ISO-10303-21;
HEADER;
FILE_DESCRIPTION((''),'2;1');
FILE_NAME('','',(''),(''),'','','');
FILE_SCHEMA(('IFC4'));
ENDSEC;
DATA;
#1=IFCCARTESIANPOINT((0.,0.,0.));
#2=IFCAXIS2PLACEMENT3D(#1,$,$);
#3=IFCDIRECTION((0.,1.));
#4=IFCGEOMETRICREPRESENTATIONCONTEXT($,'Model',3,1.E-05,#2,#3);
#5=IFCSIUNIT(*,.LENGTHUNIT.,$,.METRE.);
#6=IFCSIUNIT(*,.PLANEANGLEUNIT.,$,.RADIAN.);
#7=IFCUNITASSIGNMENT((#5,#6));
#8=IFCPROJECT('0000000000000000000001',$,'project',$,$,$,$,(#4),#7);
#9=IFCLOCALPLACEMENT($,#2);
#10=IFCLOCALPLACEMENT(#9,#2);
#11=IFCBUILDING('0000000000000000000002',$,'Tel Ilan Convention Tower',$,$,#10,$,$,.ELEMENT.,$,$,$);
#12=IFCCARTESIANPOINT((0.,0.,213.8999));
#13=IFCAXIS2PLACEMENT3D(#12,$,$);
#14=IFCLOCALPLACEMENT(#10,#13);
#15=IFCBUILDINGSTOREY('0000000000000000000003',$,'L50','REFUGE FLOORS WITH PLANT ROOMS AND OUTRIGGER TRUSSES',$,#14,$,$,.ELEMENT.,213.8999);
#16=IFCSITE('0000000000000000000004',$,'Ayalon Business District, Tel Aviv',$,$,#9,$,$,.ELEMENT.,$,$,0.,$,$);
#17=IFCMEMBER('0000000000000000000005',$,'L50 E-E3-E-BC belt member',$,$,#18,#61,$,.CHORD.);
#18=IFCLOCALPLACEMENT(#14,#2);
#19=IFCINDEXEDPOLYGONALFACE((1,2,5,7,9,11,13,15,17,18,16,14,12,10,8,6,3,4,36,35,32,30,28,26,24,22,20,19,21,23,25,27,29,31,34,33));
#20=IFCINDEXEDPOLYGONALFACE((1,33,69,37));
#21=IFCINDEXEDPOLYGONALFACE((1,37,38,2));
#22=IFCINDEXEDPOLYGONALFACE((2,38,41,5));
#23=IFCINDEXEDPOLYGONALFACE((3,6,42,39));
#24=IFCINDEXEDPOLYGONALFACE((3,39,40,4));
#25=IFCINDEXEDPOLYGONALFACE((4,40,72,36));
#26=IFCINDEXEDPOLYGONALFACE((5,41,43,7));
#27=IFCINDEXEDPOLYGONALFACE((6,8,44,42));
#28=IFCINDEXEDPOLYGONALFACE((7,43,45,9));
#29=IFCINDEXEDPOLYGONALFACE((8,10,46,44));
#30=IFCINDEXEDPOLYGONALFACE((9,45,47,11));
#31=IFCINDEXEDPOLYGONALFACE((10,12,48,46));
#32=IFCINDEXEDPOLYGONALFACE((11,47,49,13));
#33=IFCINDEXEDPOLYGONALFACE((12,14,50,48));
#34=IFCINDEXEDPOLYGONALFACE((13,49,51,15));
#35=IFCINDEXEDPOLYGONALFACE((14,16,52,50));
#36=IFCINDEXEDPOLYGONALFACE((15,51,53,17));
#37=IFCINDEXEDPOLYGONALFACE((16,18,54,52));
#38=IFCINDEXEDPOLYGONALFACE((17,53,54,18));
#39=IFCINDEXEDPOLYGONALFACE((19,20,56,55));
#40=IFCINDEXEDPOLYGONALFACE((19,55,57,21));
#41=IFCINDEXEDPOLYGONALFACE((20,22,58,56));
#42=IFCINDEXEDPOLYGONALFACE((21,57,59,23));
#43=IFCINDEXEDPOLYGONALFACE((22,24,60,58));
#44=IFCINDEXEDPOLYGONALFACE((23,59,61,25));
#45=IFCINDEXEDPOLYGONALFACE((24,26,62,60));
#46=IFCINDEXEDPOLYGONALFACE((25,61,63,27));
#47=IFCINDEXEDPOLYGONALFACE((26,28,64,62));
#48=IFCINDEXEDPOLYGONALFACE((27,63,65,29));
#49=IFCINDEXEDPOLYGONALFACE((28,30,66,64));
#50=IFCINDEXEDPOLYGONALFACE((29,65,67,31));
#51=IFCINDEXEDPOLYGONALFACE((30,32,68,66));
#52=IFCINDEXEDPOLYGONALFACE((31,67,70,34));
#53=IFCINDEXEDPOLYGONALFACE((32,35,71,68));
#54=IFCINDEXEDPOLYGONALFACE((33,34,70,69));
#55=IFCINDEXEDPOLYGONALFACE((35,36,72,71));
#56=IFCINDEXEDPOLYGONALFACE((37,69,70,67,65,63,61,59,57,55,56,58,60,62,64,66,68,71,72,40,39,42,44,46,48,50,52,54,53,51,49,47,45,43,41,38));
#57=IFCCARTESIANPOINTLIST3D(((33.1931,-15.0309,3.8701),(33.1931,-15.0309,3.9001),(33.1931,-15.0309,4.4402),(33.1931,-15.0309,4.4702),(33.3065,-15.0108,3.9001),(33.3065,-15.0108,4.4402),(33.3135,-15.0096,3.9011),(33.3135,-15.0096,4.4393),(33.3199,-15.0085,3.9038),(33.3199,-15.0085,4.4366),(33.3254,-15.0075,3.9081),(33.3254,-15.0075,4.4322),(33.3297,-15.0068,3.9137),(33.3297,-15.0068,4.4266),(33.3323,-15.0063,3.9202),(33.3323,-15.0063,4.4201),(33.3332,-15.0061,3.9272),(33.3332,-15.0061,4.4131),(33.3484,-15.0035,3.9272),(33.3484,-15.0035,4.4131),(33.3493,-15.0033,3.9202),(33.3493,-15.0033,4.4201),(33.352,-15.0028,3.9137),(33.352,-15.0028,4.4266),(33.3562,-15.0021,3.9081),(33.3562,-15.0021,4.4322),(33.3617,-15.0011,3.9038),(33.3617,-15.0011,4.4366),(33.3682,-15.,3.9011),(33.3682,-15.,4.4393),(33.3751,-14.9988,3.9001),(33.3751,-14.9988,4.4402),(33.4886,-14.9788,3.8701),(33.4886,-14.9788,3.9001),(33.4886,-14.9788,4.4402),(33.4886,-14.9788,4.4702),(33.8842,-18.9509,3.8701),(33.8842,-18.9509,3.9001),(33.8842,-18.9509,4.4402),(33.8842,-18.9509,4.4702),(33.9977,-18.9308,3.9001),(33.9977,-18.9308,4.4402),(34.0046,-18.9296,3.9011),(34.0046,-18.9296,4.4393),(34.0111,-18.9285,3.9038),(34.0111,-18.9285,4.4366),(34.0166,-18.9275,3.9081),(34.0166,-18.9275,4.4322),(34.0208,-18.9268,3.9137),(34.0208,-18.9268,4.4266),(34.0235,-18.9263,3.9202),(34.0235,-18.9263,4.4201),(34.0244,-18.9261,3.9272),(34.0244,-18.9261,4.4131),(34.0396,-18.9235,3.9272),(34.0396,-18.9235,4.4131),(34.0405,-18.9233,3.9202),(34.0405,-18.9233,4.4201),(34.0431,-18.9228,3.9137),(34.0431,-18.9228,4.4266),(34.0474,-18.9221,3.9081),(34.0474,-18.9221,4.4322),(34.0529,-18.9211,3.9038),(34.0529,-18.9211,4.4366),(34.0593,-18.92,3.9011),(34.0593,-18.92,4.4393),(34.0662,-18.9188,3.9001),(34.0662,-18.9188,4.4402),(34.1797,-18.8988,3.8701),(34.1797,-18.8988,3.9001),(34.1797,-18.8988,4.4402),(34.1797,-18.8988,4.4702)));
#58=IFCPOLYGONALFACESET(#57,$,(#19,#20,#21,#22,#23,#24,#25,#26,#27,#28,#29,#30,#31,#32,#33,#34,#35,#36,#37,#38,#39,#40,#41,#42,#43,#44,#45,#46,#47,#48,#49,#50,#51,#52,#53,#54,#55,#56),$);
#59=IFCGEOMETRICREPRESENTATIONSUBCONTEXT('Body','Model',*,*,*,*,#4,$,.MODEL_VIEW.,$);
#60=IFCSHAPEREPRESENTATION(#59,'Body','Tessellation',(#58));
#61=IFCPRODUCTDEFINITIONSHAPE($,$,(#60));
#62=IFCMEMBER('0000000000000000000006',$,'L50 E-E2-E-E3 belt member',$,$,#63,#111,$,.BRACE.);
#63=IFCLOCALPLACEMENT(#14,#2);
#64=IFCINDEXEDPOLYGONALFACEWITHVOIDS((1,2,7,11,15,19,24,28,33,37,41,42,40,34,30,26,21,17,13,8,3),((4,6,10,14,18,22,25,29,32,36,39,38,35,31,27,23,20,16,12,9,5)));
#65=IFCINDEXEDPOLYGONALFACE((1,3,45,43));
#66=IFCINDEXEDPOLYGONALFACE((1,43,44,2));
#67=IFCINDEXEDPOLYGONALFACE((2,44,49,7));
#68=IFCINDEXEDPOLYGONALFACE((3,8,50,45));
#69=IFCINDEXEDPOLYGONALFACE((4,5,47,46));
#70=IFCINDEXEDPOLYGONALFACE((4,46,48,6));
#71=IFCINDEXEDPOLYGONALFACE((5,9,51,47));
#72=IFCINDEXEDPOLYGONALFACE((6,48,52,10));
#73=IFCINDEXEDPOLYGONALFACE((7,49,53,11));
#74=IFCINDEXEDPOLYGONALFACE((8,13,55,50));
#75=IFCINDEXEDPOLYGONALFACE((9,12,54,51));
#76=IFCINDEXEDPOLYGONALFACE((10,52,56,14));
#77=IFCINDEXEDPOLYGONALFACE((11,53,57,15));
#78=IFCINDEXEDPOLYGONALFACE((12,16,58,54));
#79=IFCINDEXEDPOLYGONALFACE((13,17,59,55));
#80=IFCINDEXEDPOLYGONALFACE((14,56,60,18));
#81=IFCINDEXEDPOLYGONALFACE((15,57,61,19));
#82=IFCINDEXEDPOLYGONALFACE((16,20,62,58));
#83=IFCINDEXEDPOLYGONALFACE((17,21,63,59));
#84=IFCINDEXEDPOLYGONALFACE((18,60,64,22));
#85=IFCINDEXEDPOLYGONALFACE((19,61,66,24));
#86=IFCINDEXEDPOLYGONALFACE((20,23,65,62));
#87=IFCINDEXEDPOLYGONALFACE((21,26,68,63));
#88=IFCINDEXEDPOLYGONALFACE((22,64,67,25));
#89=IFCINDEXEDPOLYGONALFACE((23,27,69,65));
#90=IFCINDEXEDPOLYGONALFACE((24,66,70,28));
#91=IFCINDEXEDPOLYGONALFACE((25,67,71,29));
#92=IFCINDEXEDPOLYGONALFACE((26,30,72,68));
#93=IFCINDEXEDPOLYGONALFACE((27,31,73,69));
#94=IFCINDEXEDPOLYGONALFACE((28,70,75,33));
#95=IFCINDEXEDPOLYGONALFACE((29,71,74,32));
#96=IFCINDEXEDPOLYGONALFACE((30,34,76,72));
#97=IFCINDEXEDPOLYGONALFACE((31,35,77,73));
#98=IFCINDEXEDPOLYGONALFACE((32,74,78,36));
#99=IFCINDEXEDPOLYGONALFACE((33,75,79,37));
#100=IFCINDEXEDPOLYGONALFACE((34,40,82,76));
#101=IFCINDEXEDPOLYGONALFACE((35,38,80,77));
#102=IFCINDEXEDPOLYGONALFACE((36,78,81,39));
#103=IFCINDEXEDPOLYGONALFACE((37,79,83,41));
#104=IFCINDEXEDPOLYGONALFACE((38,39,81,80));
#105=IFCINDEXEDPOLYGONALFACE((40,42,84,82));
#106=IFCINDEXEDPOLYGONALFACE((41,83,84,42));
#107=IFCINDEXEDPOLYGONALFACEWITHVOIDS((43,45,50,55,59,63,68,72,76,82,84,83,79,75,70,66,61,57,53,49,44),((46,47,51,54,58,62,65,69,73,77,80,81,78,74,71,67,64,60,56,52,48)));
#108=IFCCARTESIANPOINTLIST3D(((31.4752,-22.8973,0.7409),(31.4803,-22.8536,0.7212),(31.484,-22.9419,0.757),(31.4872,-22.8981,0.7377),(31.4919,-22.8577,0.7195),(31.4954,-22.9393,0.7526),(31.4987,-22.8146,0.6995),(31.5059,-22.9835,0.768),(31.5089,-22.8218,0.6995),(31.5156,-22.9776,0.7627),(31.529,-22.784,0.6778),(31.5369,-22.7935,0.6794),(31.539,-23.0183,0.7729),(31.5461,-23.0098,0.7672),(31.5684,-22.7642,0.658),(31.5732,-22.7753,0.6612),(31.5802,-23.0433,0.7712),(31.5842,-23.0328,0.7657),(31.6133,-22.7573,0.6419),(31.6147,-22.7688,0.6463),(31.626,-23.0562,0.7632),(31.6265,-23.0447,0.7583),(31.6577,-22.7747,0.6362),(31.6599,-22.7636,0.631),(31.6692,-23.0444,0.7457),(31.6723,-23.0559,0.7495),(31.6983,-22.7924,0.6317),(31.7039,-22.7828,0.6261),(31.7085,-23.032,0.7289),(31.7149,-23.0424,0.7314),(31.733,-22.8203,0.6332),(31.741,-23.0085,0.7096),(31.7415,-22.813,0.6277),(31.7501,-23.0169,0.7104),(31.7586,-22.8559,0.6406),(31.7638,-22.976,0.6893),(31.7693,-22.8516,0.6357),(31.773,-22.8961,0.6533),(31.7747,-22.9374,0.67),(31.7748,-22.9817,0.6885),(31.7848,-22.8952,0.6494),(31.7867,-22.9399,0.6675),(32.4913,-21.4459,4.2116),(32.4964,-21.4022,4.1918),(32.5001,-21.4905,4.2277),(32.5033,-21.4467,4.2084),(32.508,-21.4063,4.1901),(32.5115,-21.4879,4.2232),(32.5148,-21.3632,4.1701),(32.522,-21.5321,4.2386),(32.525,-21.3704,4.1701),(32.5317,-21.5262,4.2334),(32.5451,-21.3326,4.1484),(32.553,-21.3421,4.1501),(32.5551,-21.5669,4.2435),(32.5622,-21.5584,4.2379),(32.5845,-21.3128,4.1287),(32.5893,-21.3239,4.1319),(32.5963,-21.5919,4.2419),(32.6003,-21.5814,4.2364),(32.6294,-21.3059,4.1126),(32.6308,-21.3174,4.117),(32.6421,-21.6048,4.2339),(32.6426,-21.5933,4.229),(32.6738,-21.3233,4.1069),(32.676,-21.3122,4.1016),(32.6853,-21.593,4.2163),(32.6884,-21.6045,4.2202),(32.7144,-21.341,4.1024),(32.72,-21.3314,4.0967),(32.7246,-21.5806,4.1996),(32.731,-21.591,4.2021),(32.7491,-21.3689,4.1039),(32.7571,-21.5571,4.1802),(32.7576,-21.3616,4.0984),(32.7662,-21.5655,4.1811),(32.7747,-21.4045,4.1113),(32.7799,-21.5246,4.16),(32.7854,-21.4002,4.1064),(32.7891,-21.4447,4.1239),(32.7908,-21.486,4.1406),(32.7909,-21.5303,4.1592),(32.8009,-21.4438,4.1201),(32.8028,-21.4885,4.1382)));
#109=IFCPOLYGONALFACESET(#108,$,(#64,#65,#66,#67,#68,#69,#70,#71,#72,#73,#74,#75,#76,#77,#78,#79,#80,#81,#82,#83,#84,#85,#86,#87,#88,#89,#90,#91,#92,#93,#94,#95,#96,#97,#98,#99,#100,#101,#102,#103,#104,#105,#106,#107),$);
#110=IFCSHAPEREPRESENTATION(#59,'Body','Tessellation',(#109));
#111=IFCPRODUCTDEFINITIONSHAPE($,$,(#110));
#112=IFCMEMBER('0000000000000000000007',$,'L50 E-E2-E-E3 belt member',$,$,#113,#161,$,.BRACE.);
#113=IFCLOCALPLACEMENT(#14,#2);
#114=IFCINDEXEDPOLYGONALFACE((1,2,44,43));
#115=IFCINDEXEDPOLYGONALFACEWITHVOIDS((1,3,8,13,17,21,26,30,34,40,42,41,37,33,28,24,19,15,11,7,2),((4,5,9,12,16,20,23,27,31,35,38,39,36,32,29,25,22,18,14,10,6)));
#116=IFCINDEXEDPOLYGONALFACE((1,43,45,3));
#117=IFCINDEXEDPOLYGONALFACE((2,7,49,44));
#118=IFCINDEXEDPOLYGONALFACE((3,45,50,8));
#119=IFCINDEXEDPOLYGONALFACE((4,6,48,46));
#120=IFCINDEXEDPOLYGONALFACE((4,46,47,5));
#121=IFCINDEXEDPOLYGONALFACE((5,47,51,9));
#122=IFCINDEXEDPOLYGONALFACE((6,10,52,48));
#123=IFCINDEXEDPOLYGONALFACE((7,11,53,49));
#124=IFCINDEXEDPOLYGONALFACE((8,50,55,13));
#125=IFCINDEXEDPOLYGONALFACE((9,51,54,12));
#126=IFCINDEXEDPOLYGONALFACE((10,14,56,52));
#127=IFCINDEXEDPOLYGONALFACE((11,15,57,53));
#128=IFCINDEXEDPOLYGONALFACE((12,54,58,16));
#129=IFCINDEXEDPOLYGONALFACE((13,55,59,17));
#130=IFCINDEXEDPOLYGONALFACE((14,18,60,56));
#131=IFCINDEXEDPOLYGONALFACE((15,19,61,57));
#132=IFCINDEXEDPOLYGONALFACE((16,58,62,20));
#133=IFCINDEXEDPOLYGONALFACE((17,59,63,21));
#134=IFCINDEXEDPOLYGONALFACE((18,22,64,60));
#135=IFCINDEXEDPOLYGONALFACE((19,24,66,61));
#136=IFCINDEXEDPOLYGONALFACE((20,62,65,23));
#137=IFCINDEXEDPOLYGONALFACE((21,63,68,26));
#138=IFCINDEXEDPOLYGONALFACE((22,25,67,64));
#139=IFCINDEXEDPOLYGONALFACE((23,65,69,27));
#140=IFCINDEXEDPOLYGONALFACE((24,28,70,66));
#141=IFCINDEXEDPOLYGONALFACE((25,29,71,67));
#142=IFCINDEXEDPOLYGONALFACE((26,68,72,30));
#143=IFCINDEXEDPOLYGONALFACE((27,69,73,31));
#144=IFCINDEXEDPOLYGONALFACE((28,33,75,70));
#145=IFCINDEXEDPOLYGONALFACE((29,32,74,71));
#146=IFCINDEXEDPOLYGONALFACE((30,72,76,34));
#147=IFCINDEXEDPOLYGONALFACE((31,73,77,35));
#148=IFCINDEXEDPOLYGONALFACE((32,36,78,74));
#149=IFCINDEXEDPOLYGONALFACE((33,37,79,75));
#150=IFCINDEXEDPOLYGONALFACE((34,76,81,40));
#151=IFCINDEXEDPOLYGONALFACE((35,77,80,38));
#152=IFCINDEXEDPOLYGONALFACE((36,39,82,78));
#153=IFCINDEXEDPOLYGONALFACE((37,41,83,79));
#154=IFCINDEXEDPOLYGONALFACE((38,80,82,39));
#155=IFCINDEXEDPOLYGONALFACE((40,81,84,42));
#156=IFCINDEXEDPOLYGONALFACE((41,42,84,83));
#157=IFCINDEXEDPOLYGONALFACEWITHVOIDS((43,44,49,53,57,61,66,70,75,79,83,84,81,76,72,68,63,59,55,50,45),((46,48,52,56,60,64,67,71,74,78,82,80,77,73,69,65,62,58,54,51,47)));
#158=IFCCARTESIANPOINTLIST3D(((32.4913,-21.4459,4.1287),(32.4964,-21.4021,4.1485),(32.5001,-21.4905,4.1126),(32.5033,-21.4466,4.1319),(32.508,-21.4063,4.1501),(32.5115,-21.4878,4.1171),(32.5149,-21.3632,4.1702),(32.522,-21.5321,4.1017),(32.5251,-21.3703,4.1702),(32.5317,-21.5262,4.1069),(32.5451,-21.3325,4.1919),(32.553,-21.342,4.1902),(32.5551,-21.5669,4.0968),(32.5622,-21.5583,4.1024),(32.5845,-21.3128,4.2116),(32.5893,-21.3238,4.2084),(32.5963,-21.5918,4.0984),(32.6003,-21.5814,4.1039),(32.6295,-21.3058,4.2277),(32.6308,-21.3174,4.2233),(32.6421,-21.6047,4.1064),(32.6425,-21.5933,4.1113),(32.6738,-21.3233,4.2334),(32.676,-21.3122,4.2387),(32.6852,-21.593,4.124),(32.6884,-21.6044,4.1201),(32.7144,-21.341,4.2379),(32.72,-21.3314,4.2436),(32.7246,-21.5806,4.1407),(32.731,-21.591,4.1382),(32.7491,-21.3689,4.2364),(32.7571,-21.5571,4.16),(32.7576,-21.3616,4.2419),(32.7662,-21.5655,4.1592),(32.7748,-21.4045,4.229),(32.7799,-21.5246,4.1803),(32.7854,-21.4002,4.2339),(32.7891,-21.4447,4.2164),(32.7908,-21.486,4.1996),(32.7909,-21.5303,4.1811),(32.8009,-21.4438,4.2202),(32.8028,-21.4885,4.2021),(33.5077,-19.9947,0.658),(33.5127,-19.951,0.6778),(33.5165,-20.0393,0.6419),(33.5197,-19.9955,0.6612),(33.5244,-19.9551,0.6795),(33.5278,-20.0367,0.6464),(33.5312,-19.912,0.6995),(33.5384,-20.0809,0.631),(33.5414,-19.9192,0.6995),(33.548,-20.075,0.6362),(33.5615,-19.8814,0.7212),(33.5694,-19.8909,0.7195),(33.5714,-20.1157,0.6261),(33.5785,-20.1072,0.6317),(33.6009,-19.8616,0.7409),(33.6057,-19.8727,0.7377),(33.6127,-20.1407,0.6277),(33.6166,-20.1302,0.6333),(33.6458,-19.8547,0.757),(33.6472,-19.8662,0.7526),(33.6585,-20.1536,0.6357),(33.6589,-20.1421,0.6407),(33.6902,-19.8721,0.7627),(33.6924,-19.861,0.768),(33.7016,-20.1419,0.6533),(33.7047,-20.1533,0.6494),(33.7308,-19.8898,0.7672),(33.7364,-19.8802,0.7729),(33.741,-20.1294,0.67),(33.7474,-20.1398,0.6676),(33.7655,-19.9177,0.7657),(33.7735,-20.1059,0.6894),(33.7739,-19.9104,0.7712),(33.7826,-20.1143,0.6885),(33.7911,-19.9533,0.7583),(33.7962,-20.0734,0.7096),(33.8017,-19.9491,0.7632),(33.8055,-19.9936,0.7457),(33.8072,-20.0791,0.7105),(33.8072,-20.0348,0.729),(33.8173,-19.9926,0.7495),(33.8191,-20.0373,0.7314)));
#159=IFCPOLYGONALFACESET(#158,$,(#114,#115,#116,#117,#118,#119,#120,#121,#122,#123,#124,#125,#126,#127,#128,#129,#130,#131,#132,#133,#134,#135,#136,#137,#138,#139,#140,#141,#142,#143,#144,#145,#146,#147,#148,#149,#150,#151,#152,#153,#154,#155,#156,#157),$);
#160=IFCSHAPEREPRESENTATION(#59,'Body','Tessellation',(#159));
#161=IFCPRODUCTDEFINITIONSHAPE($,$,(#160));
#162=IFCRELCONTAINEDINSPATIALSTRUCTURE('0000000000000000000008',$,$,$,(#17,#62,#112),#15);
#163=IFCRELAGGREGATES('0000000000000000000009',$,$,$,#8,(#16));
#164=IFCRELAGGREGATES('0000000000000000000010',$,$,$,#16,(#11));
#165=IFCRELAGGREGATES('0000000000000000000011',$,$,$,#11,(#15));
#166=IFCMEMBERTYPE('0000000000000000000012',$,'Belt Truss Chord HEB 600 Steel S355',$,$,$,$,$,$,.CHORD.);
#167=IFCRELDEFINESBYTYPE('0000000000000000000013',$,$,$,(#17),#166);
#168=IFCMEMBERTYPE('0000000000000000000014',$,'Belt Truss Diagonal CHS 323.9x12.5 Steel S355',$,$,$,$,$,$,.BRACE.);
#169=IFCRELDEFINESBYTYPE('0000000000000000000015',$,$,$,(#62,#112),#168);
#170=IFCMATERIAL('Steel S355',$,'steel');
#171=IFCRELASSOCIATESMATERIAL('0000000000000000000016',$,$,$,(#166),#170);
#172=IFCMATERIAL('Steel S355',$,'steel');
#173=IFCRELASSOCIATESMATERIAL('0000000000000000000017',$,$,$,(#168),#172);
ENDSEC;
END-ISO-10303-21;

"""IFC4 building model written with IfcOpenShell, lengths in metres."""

from ifc_helpers import new_model, si_unit, direction, frame, origin, origin_2d, place, context, subcontext, project, spatial, hollow_circle, i_section, extrude, material, material_profile, profile_set, type_object, element, save


model = new_model("IFC4")

# Units and contexts
model_context = context("Model", 3, precision=1e-05, world=origin(), true_north=direction((0.0, 1.0)))
body_context = subcontext(model_context, "Body", "Model", "MODEL_VIEW")
ifc_project = project(units=[si_unit("LENGTHUNIT", "METRE"), si_unit("PLANEANGLEUNIT", "RADIAN")], contexts=[model_context])

# Site, building, storey
site_placement = place(None, origin())
site = spatial("IfcSite", under=ifc_project, at=site_placement, Name="Ayalon Business District, Tel Aviv", CompositionType="ELEMENT", RefElevation=0.0)
building_placement = place(site_placement, origin())
building = spatial("IfcBuilding", under=site, at=building_placement, Name="Tel Ilan Convention Tower", CompositionType="ELEMENT")
storey_placement = place(building_placement, frame((0.0, 0.0, 213.8999)))
storey = spatial("IfcBuildingStorey", under=building, at=storey_placement, Name="L50", Description="REFUGE FLOORS WITH PLANT ROOMS AND OUTRIGGER TRUSSES", CompositionType="ELEMENT", Elevation=213.8999)

# Members
ifc_material_1 = material(Name="Steel S355", Category="steel")
ifc_material_profile_1 = material_profile(ifc_material_1, i_section(OverallWidth=0.3, OverallDepth=0.6001, WebThickness=0.0154, FlangeThickness=0.03, FilletRadius=0.0271, at=origin_2d()), Name="HEB 600")
ifc_profile_set_1 = profile_set([ifc_material_profile_1], Name="Steel S355")
member_type_1 = type_object("IfcMemberType", Name="Belt Truss Chord HEB 600 Steel S355", PredefinedType="CHORD", material=ifc_profile_set_1)
for number, where, z_axis, x_axis, name in (
    (1, (34.032, -18.9248, 4.1702), (-0.173642, 0.984809, 0.0), (-0.984809, -0.173642, 0.0), "L50 E-E3-E-BC belt member"),
):
    element("IfcMember", number, at=place(storey_placement, frame(where, z_axis=z_axis, x_axis=x_axis)), inside=storey, type_object=member_type_1, Name=name, PredefinedType="CHORD", context=body_context, shape_type="SweptSolid", body=[
        extrude(i_section(OverallWidth=0.3, OverallDepth=0.6001, WebThickness=0.0154, FlangeThickness=0.03, FilletRadius=0.0271, at=origin_2d()), origin(), (0.0, 0.0, 1.0), 3.9805),
    ])
ifc_material_2 = material(Name="Steel S355", Category="steel")
ifc_material_profile_2 = material_profile(ifc_material_2, hollow_circle(Radius=0.1619, WallThickness=0.0125, at=origin_2d()), Name="CHS 323.9x12.5")
ifc_profile_set_2 = profile_set([ifc_material_profile_2], Name="Steel S355")
member_type_2 = type_object("IfcMemberType", Name="Belt Truss Diagonal CHS 323.9x12.5 Steel S355", PredefinedType="BRACE", material=ifc_profile_set_2)
for number, where, z_axis, x_axis, name in (
    (2, (31.6313, -22.9075, 0.6995), (0.260757, 0.372466, 0.89066), (-0.8192, 0.573509, 0.0), "L50 E-E2-E-E3 belt member"),
    (3, (32.6475, -21.4561, 4.1702), (0.260822, 0.372406, -0.890666), (-0.819089, 0.573666, 0.0), "L50 E-E2-E-E3 belt member"),
):
    element("IfcMember", number, at=place(storey_placement, frame(where, z_axis=z_axis, x_axis=x_axis)), inside=storey, type_object=member_type_2, Name=name, PredefinedType="BRACE", context=body_context, shape_type="SweptSolid", body=[
        extrude(hollow_circle(Radius=0.1619, WallThickness=0.0125, at=origin_2d()), origin(), (0.0, 0.0, 1.0), 3.8967),
    ])

save(model, "model.ifc")
